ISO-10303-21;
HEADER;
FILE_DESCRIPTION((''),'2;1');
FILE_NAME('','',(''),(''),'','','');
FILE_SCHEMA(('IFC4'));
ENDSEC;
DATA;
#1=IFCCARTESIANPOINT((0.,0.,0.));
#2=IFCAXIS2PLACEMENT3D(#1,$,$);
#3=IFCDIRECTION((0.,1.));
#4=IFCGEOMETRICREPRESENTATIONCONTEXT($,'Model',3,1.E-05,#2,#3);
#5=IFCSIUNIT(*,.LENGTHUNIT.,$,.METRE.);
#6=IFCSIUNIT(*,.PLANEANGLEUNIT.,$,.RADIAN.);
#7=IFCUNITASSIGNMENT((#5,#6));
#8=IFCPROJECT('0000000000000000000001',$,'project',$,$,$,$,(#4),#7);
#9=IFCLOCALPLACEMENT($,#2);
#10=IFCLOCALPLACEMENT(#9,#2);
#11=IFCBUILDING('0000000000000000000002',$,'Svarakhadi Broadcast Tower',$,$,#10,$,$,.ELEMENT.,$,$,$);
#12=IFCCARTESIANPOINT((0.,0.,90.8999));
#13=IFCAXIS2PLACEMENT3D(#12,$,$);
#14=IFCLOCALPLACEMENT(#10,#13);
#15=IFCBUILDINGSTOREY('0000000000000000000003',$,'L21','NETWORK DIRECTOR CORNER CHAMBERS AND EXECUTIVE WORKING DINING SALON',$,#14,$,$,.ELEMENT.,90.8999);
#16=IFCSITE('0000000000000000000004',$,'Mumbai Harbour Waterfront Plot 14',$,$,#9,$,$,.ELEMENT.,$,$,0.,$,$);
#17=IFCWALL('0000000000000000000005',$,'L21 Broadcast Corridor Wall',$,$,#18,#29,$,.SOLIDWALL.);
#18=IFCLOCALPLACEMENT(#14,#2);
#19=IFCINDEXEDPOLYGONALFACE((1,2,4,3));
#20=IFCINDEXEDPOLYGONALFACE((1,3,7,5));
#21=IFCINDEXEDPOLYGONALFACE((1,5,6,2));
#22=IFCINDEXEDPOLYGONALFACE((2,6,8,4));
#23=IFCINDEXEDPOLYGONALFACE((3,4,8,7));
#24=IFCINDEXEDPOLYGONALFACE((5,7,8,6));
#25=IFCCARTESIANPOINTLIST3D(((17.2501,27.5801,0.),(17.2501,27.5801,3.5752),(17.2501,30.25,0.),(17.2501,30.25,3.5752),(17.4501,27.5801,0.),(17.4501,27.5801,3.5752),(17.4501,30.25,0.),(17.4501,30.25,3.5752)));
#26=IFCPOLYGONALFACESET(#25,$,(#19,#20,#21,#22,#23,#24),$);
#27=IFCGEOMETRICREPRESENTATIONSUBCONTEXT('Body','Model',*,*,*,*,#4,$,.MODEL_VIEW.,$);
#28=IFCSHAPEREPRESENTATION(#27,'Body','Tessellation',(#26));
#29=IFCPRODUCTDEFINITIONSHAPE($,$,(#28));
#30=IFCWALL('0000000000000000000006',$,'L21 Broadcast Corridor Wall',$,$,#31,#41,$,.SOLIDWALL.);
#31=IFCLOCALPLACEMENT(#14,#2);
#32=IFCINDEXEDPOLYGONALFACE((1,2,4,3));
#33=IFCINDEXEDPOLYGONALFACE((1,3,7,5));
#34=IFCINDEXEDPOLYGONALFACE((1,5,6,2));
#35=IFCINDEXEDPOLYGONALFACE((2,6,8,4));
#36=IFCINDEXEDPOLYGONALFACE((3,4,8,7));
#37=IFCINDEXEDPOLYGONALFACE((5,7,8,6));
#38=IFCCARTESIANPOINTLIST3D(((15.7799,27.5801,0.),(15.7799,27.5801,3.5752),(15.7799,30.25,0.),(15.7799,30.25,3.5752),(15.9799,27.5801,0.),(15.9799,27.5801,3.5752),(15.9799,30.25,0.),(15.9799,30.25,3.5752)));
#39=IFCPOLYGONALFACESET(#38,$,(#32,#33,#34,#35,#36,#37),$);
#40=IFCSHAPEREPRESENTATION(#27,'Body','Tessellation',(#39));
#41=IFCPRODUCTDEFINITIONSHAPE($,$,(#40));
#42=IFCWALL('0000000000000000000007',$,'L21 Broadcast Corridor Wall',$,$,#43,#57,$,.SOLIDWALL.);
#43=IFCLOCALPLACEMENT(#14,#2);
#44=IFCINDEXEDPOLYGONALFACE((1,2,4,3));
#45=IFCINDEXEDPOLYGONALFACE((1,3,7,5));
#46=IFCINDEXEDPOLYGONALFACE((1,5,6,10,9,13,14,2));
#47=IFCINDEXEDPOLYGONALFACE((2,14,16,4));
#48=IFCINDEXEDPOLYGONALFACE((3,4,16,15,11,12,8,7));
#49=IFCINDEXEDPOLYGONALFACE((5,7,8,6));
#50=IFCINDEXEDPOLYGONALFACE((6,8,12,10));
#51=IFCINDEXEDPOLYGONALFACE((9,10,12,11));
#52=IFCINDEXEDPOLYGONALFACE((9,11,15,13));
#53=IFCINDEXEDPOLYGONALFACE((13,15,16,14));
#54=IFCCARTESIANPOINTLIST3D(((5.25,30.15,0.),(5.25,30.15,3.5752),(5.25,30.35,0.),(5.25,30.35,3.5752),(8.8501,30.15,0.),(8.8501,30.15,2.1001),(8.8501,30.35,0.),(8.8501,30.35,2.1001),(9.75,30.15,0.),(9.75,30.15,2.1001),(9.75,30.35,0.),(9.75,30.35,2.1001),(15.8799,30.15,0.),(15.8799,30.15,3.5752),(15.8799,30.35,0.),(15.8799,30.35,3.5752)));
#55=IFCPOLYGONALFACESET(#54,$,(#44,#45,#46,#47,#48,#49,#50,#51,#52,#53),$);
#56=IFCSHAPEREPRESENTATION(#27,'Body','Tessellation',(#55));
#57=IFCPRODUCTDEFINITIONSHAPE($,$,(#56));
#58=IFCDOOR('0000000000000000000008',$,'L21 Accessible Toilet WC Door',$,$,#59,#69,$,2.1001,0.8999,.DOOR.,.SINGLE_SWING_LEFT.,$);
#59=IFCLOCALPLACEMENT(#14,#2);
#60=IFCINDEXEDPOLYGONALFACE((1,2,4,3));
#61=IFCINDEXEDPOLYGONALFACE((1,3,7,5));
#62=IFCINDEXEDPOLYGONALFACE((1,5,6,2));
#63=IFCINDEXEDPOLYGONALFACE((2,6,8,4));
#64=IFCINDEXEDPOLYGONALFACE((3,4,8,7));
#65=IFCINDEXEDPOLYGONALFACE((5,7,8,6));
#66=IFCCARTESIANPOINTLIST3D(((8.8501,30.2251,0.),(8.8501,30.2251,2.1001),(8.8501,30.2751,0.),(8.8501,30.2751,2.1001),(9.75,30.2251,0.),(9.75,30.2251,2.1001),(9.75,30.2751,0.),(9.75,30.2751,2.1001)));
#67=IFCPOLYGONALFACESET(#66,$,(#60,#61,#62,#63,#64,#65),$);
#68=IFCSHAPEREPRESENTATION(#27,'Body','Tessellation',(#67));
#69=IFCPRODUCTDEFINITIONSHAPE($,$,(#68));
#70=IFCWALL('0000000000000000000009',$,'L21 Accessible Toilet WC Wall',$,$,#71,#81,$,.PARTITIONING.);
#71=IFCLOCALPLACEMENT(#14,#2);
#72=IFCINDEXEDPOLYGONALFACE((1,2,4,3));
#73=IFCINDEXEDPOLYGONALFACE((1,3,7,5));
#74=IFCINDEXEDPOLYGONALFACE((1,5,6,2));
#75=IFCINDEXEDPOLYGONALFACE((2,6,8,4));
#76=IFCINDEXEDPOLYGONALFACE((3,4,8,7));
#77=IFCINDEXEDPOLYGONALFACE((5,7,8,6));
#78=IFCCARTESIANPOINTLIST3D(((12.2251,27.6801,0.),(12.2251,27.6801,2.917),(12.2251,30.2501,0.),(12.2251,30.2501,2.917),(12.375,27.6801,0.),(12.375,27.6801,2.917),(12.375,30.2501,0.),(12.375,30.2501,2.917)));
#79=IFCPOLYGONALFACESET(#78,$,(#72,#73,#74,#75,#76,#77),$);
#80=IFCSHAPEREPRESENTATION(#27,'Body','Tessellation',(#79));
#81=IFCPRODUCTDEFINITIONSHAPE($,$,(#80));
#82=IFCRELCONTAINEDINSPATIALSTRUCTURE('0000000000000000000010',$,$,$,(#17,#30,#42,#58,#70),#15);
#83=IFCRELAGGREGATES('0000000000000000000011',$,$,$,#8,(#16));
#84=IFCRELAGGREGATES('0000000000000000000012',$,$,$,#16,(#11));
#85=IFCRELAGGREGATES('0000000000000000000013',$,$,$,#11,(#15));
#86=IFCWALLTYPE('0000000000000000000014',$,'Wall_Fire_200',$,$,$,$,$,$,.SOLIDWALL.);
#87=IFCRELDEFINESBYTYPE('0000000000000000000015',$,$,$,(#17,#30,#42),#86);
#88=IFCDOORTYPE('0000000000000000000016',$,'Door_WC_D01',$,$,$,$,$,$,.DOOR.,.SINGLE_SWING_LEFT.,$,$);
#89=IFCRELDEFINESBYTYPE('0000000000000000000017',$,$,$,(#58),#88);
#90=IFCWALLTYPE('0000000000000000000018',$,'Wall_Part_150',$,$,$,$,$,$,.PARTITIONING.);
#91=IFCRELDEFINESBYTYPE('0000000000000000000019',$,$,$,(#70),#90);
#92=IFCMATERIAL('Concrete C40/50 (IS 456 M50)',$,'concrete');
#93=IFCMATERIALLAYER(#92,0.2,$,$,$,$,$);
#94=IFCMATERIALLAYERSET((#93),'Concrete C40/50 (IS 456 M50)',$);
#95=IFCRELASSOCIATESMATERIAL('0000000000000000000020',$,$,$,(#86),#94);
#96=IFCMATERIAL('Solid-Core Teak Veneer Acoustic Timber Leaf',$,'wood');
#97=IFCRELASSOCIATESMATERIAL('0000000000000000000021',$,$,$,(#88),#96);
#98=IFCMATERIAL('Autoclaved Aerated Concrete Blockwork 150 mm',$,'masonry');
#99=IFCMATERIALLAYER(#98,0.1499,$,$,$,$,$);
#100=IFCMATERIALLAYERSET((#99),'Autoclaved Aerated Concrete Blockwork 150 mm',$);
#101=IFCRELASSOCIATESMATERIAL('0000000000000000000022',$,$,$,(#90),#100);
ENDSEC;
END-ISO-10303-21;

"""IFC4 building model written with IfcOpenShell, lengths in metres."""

from ifc_helpers import new_model, si_unit, direction, frame, frame_2d, origin, place, context, subcontext, project, spatial, rectangle, extrude, material, layer, layer_set, type_object, element, fill, save


model = new_model("IFC4")

# Units and contexts
model_context = context("Model", 3, precision=1e-05, world=origin(), true_north=direction((0.0, 1.0)))
body_context = subcontext(model_context, "Body", "Model", "MODEL_VIEW")
ifc_project = project(units=[si_unit("LENGTHUNIT", "METRE"), si_unit("PLANEANGLEUNIT", "RADIAN")], contexts=[model_context])

# Site, building, storey
site_placement = place(None, origin())
site = spatial("IfcSite", under=ifc_project, at=site_placement, Name="Mumbai Harbour Waterfront Plot 14", CompositionType="ELEMENT", RefElevation=0.0)
building_placement = place(site_placement, origin())
building = spatial("IfcBuilding", under=site, at=building_placement, Name="Svarakhadi Broadcast Tower", CompositionType="ELEMENT")
storey_placement = place(building_placement, frame((0.0, 0.0, 90.8999)))
storey = spatial("IfcBuildingStorey", under=building, at=storey_placement, Name="L21", Description="NETWORK DIRECTOR CORNER CHAMBERS AND EXECUTIVE WORKING DINING SALON", CompositionType="ELEMENT", Elevation=90.8999)

# Shared definitions
ifc_material_1 = material(Name="Concrete C40/50 (IS 456 M50)", Category="concrete")
ifc_layer_1 = layer(ifc_material_1, 0.2)
ifc_layer_set_1 = layer_set([ifc_layer_1], Name="Concrete C40/50 (IS 456 M50)")
wall_type_1 = type_object("IfcWallType", Name="Wall_Fire_200", PredefinedType="SOLIDWALL", material=ifc_layer_set_1)
ifc_material_2 = material(Name="Solid-Core Teak Veneer Acoustic Timber Leaf", Category="wood")

# Walls
for number, where, z_axis, x_axis, name in (
    (1, (17.3501, 30.25, 0.0), (0.0, 0.0, 1.0), (0.0, -1.0, 0.0), "L21 Broadcast Corridor Wall"),
    (2, (15.8799, 27.5801, 0.0), (0.0, 0.0, 1.0), (0.0, 1.0, 0.0), "L21 Broadcast Corridor Wall"),
):
    element("IfcWall", number, at=place(storey_placement, frame(where, z_axis=z_axis, x_axis=x_axis)), inside=storey, type_object=wall_type_1, Name=name, PredefinedType="SOLIDWALL", context=body_context, shape_type="SweptSolid", body=[
        extrude(rectangle(XDim=2.6699, YDim=0.2, at=frame_2d((1.335, 0.0))), origin(), (0.0, 0.0, 1.0), 3.5752),
    ])

# Wall, opening, door
wall_1_placement = place(storey_placement, frame((15.8799, 30.25, 0.0), z_axis=(0.0, 0.0, 1.0), x_axis=(-1.0, 0.0, 0.0)))
wall_1 = element("IfcWall", 3, at=wall_1_placement, inside=storey, type_object=wall_type_1, Name="L21 Broadcast Corridor Wall", PredefinedType="SOLIDWALL", context=body_context, shape_type="SweptSolid", body=[
    extrude(rectangle(XDim=10.6299, YDim=0.2, at=frame_2d((5.3149, 0.0))), origin(), (0.0, 0.0, 1.0), 3.5752),
])
opening_1_placement = place(wall_1_placement, frame((6.1299, 0.0, 0.0)))
opening_1 = element("IfcOpeningElement", 4, at=opening_1_placement, cuts=wall_1, PredefinedType="OPENING", context=body_context, shape_type="SweptSolid", body=[
    extrude(rectangle(XDim=0.8999, YDim=2.1001, at=frame_2d((0.45, 1.05))), frame((0.0, 0.1099, 0.0), z_axis=(0.0, -1.0, 0.0), x_axis=(1.0, 0.0, 0.0)), (0.0, 0.0, 1.0), 0.22),
])
door_type_1 = type_object("IfcDoorType", Name="Door_WC_D01", OperationType="SINGLE_SWING_LEFT", PredefinedType="DOOR", material=ifc_material_2)
door_1_placement = place(opening_1_placement, origin())
door_1 = element("IfcDoor", 5, at=door_1_placement, inside=storey, type_object=door_type_1, Name="L21 Accessible Toilet WC Door", OperationType="SINGLE_SWING_LEFT", OverallHeight=2.1001, OverallWidth=0.8999, PredefinedType="DOOR", context=body_context, shape_type="SweptSolid", body=[
    extrude(rectangle(XDim=0.8999, YDim=2.1001, at=frame_2d((0.45, 1.05))), frame((0.0, 0.0249, 0.0), z_axis=(0.0, -1.0, 0.0), x_axis=(1.0, 0.0, 0.0)), (0.0, 0.0, 1.0), 0.05),
])
fill(opening_1, door_1)

# Wall
ifc_material_3 = material(Name="Autoclaved Aerated Concrete Blockwork 150 mm", Category="masonry")
ifc_layer_2 = layer(ifc_material_3, 0.1499)
ifc_layer_set_2 = layer_set([ifc_layer_2], Name="Autoclaved Aerated Concrete Blockwork 150 mm")
wall_type_2 = type_object("IfcWallType", Name="Wall_Part_150", PredefinedType="PARTITIONING", material=ifc_layer_set_2)
wall_2_placement = place(storey_placement, frame((12.3, 27.6799, 0.0), z_axis=(0.0, 0.0, 1.0), x_axis=(0.0, 1.0, 0.0)))
element("IfcWall", 6, at=wall_2_placement, inside=storey, type_object=wall_type_2, Name="L21 Accessible Toilet WC Wall", PredefinedType="PARTITIONING", context=body_context, shape_type="SweptSolid", body=[
    extrude(rectangle(XDim=2.5701, YDim=0.1499, at=frame_2d((1.2852, 0.0))), origin(), (0.0, 0.0, 1.0), 2.917),
])

save(model, "model.ifc")
